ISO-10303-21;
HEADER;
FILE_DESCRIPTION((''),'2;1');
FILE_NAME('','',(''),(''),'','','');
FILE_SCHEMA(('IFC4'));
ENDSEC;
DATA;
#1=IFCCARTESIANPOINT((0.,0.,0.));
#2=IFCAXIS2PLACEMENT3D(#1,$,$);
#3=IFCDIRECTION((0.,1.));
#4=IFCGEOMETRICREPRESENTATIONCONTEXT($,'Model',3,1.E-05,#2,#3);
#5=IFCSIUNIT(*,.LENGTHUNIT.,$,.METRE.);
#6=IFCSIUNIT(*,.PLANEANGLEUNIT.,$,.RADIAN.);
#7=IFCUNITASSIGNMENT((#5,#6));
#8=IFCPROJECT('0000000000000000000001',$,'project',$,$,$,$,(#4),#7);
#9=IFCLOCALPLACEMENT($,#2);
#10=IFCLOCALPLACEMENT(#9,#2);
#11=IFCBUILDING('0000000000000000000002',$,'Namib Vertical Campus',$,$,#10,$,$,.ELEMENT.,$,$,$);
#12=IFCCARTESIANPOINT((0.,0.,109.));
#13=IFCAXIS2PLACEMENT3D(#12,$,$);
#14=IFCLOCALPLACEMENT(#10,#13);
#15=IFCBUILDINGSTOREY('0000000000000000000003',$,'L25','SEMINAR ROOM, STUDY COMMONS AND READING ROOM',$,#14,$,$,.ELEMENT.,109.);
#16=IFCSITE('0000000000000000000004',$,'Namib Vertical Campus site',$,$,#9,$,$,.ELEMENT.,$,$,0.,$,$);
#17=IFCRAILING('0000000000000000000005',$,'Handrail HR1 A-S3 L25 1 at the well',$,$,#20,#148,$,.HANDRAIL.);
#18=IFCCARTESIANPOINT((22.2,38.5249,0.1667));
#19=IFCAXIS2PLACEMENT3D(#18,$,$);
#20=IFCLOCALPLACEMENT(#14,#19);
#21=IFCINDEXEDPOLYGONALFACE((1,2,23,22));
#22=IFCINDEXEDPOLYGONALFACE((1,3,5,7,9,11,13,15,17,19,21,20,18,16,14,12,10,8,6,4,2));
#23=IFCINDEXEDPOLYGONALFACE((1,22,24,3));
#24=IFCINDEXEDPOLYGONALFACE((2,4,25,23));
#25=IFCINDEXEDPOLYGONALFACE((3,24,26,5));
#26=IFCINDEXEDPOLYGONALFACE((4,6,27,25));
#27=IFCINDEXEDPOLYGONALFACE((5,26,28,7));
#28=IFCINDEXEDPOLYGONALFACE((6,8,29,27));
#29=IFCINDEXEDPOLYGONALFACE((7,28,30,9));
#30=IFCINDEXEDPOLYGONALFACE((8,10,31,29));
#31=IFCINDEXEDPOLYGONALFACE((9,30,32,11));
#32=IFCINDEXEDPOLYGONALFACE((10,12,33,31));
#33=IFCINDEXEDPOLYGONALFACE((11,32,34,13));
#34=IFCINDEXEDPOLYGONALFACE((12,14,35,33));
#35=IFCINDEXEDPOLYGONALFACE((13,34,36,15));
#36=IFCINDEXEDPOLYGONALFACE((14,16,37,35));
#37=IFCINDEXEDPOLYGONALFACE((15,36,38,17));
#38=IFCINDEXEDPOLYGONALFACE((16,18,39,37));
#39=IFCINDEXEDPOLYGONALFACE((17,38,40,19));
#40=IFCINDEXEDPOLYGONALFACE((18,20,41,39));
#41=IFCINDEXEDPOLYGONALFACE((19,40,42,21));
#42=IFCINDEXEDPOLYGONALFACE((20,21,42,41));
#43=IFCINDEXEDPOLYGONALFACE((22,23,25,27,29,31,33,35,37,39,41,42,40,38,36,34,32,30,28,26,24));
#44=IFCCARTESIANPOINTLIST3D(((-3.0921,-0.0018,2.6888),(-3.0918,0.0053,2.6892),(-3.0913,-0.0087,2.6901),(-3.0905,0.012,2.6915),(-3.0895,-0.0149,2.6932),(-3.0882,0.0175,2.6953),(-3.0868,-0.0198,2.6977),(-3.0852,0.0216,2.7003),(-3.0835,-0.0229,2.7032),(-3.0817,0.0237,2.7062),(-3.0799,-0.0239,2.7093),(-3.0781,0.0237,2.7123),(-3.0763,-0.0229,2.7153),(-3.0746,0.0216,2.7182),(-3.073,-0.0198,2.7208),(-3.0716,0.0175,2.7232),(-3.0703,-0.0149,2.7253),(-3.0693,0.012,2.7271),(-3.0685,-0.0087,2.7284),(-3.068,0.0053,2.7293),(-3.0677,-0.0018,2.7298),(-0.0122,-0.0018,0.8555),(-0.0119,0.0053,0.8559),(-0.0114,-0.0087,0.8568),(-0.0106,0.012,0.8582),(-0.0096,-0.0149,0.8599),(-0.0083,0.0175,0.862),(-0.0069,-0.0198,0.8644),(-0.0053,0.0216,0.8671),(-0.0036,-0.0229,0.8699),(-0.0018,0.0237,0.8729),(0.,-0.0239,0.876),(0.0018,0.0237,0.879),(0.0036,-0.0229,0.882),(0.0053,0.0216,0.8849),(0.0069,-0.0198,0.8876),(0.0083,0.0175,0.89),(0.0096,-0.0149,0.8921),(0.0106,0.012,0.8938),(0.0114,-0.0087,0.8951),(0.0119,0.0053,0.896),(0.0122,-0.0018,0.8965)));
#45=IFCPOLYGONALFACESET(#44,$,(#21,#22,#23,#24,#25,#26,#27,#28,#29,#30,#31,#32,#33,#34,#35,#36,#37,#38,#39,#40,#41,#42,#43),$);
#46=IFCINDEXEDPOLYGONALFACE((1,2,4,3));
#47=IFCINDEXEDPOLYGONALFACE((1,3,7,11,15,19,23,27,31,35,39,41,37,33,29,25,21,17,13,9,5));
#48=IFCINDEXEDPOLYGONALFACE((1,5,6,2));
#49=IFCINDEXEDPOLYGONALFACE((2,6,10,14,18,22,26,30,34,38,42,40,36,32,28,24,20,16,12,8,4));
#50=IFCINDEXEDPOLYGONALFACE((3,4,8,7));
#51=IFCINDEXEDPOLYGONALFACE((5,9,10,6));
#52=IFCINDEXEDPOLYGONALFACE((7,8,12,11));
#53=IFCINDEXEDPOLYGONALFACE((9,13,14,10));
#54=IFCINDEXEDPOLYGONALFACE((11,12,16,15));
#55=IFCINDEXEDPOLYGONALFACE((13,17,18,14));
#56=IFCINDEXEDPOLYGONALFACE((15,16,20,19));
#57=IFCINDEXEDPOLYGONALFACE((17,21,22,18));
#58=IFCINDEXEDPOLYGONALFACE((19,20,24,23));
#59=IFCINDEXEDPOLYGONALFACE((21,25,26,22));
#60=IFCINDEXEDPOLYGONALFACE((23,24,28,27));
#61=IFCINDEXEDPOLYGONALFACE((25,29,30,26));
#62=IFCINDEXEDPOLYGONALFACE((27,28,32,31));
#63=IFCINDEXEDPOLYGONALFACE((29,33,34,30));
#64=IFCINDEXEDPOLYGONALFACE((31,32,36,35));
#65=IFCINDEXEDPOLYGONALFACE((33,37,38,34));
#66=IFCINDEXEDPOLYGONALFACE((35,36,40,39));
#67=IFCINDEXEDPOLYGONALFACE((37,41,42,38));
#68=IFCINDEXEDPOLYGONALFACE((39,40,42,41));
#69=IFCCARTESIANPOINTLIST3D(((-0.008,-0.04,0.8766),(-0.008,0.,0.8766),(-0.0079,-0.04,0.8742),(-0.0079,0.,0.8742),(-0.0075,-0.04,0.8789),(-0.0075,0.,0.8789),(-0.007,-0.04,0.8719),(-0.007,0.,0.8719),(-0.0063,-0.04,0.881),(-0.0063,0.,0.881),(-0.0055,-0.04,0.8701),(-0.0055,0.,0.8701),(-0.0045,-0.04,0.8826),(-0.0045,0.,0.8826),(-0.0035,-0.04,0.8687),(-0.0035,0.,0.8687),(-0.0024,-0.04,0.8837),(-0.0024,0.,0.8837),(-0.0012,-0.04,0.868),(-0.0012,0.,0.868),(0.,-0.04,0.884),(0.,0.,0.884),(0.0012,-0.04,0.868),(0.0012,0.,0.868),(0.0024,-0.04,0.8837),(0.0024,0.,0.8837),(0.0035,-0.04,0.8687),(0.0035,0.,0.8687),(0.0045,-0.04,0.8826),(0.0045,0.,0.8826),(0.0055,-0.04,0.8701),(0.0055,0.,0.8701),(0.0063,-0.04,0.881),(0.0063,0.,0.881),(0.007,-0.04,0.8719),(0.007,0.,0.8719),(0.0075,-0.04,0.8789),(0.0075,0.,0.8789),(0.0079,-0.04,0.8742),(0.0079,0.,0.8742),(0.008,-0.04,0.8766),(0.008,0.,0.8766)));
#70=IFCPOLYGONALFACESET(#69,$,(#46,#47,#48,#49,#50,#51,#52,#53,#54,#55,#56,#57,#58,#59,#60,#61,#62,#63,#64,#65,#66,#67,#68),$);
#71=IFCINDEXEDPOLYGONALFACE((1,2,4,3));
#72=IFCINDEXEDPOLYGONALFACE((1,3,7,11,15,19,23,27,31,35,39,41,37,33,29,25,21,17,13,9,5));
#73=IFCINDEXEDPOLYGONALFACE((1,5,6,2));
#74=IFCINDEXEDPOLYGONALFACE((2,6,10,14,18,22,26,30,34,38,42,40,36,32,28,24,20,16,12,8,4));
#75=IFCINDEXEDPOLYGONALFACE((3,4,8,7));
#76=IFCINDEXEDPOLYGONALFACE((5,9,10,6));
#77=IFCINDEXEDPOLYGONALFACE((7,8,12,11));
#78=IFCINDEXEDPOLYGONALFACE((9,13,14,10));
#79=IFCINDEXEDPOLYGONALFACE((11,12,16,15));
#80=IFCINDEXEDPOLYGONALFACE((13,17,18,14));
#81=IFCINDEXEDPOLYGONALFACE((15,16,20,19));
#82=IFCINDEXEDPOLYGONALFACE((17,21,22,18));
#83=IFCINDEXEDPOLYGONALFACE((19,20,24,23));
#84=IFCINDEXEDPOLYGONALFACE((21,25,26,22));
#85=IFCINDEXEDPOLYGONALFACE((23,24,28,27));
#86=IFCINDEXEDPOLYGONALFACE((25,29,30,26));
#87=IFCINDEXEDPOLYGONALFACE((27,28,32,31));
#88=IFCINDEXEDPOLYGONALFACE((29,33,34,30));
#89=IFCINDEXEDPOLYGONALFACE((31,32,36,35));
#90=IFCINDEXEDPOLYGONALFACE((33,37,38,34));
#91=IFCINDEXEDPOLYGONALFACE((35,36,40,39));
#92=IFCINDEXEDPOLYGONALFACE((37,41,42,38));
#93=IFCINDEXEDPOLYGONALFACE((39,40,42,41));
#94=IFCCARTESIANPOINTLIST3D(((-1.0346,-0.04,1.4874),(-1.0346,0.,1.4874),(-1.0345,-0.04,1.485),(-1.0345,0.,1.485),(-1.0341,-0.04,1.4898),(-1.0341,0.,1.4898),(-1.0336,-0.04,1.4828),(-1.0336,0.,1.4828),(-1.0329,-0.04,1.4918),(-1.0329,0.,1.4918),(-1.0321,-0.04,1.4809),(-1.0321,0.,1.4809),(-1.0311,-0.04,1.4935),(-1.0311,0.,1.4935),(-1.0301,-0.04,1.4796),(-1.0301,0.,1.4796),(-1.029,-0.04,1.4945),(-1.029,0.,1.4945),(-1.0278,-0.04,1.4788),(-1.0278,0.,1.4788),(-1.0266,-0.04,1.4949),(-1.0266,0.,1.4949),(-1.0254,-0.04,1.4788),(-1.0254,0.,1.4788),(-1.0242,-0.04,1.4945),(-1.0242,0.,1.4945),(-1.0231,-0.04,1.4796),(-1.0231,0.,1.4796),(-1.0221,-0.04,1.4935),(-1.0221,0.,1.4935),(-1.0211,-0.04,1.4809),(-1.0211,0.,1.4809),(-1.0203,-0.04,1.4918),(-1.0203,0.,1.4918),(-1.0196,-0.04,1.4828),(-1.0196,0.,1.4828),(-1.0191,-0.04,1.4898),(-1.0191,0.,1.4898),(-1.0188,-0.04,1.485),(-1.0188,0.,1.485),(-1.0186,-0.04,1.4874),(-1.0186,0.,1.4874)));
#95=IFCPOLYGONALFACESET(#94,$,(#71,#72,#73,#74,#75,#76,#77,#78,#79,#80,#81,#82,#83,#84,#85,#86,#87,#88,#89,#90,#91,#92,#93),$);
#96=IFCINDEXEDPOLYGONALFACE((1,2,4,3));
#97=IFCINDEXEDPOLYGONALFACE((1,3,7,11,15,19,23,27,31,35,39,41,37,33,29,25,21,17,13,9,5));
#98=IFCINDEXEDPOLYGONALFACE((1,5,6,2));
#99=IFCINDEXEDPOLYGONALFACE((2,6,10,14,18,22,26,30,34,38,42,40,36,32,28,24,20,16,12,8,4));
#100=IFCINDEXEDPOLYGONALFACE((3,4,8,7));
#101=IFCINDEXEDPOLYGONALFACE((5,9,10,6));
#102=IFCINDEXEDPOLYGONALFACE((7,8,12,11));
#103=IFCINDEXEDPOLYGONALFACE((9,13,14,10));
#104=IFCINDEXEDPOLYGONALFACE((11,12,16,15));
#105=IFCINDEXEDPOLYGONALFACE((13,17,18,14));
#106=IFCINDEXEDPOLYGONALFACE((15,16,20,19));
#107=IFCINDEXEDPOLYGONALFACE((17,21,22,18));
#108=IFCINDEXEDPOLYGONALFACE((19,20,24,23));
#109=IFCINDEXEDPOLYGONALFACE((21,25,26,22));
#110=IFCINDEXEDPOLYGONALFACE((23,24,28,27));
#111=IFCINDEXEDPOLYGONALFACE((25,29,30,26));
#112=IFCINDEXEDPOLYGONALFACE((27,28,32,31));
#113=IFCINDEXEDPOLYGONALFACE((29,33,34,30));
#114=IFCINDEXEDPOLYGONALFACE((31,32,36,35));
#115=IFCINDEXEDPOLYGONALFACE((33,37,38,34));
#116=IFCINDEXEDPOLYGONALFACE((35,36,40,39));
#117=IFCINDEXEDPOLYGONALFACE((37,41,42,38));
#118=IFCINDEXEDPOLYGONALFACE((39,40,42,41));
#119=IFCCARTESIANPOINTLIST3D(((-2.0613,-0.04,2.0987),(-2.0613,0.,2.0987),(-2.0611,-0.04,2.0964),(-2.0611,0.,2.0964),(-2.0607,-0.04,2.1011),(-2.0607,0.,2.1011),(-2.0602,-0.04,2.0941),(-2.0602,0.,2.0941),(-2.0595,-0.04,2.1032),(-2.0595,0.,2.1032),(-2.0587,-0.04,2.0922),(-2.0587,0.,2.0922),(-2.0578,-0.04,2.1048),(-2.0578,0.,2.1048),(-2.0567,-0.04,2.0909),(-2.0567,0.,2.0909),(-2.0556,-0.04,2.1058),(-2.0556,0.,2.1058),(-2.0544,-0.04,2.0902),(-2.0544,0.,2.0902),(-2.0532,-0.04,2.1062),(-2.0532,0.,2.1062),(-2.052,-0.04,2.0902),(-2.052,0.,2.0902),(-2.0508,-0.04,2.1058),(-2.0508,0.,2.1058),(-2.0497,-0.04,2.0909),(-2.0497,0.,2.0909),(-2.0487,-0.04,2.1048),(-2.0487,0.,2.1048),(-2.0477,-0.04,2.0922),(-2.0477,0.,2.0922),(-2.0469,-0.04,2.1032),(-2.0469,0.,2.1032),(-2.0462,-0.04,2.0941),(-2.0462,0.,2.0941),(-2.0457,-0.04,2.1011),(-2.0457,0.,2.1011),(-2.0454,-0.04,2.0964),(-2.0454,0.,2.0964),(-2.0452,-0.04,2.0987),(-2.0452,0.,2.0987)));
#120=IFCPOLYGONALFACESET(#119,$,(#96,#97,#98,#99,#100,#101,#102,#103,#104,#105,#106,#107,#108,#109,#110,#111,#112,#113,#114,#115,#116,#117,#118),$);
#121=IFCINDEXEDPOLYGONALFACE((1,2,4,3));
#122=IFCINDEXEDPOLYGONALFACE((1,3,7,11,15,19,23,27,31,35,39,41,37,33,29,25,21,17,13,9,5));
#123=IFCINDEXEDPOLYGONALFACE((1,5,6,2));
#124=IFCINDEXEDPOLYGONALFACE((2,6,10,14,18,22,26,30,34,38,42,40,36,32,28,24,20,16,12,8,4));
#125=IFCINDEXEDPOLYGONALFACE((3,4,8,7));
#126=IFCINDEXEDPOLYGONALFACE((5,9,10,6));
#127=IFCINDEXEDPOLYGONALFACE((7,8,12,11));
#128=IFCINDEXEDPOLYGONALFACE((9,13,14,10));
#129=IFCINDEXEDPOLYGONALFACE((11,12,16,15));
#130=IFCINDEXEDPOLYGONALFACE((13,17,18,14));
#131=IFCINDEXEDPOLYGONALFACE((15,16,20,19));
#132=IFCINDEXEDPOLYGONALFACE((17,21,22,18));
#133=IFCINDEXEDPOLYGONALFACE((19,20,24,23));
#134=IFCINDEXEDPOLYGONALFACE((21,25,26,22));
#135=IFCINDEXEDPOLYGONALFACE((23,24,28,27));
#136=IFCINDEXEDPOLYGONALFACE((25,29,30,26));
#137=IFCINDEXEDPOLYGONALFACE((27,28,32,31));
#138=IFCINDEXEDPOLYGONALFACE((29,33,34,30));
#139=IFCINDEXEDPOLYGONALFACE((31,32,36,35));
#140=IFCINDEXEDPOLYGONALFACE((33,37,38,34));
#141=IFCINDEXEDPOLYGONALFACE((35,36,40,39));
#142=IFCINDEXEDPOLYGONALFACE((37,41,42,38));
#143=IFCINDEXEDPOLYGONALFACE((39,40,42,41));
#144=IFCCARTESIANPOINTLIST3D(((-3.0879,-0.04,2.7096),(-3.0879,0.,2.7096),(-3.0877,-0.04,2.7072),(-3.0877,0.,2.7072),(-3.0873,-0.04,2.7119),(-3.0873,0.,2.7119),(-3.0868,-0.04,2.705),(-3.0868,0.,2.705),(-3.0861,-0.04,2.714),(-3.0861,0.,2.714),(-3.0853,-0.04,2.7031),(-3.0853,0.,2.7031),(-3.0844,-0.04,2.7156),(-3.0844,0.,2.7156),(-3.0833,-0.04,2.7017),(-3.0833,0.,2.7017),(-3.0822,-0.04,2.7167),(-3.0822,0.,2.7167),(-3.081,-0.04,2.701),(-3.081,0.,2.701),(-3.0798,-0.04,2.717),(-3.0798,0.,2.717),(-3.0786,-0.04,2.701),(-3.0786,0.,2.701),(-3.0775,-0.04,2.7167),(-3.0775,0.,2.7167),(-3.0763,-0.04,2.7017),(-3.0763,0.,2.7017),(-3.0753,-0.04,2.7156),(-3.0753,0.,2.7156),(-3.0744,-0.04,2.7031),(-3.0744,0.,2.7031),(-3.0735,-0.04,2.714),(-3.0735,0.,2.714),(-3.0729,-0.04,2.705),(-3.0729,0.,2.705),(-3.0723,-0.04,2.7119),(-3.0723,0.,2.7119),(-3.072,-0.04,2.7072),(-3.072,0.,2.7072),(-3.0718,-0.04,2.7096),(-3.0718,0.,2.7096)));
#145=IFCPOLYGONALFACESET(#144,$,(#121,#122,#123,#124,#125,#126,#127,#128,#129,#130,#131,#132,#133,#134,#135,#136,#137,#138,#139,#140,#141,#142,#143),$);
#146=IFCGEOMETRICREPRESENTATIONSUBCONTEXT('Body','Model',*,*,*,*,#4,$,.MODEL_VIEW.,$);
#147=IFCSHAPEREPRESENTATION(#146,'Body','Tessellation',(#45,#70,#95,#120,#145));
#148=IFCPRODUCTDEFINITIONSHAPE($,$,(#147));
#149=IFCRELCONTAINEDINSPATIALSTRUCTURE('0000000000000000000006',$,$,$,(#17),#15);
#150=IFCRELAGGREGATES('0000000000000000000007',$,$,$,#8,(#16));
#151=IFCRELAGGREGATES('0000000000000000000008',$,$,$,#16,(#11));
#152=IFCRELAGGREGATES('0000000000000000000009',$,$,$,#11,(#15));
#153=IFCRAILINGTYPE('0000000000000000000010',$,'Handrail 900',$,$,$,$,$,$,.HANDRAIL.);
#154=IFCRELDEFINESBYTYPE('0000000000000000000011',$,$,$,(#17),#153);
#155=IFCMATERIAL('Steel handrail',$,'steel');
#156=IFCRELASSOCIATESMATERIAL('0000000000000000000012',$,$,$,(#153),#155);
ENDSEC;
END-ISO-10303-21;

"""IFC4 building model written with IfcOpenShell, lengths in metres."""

from ifc_helpers import new_model, si_unit, direction, frame, origin, origin_2d, place, context, subcontext, project, spatial, circle, extrude, material, type_object, element, save


model = new_model("IFC4")

# Units and contexts
model_context = context("Model", 3, precision=1e-05, world=origin(), true_north=direction((0.0, 1.0)))
body_context = subcontext(model_context, "Body", "Model", "MODEL_VIEW")
ifc_project = project(units=[si_unit("LENGTHUNIT", "METRE"), si_unit("PLANEANGLEUNIT", "RADIAN")], contexts=[model_context])

# Site, building, storey
site_placement = place(None, origin())
site = spatial("IfcSite", under=ifc_project, at=site_placement, Name="Namib Vertical Campus site", CompositionType="ELEMENT", RefElevation=0.0)
building_placement = place(site_placement, origin())
building = spatial("IfcBuilding", under=site, at=building_placement, Name="Namib Vertical Campus", CompositionType="ELEMENT")
storey_placement = place(building_placement, frame((0.0, 0.0, 109.0)))
storey = spatial("IfcBuildingStorey", under=building, at=storey_placement, Name="L25", Description="SEMINAR ROOM, STUDY COMMONS AND READING ROOM", CompositionType="ELEMENT", Elevation=109.0)

# Railing
ifc_material_1 = material(Name="Steel handrail", Category="steel")
railing_type_1 = type_object("IfcRailingType", Name="Handrail 900", PredefinedType="HANDRAIL", material=ifc_material_1)
railing_1_placement = place(storey_placement, frame((22.2, 38.5249, 0.1667)))
element("IfcRailing", 1, at=railing_1_placement, inside=storey, type_object=railing_type_1, Name="Handrail HR1 A-S3 L25 1 at the well", PredefinedType="HANDRAIL", context=body_context, shape_type="SweptSolid", body=[
    extrude(circle(Radius=0.0239, at=origin_2d()), frame((0.0, 0.0, 0.876), z_axis=(-0.859291, 0.0, 0.511487), x_axis=(0.0, -1.0, 0.0)), (0.0, 0.0, 1.0), 3.5842),
    extrude(circle(Radius=0.0081, at=origin_2d()), frame((0.0, 0.0, 0.876), z_axis=(0.0, -1.0, 0.0), x_axis=(0.0, 0.0, 1.0)), (0.0, 0.0, 1.0), 0.04),
    extrude(circle(Radius=0.0081, at=origin_2d()), frame((-1.0266, 0.0, 1.4868), z_axis=(0.0, -1.0, 0.0), x_axis=(0.0, 0.0, 1.0)), (0.0, 0.0, 1.0), 0.04),
    extrude(circle(Radius=0.0081, at=origin_2d()), frame((-2.0532, 0.0, 2.0981), z_axis=(0.0, -1.0, 0.0), x_axis=(0.0, 0.0, 1.0)), (0.0, 0.0, 1.0), 0.04),
    extrude(circle(Radius=0.0081, at=origin_2d()), frame((-3.0798, 0.0, 2.709), z_axis=(0.0, -1.0, 0.0), x_axis=(0.0, 0.0, 1.0)), (0.0, 0.0, 1.0), 0.04),
])

save(model, "model.ifc")
